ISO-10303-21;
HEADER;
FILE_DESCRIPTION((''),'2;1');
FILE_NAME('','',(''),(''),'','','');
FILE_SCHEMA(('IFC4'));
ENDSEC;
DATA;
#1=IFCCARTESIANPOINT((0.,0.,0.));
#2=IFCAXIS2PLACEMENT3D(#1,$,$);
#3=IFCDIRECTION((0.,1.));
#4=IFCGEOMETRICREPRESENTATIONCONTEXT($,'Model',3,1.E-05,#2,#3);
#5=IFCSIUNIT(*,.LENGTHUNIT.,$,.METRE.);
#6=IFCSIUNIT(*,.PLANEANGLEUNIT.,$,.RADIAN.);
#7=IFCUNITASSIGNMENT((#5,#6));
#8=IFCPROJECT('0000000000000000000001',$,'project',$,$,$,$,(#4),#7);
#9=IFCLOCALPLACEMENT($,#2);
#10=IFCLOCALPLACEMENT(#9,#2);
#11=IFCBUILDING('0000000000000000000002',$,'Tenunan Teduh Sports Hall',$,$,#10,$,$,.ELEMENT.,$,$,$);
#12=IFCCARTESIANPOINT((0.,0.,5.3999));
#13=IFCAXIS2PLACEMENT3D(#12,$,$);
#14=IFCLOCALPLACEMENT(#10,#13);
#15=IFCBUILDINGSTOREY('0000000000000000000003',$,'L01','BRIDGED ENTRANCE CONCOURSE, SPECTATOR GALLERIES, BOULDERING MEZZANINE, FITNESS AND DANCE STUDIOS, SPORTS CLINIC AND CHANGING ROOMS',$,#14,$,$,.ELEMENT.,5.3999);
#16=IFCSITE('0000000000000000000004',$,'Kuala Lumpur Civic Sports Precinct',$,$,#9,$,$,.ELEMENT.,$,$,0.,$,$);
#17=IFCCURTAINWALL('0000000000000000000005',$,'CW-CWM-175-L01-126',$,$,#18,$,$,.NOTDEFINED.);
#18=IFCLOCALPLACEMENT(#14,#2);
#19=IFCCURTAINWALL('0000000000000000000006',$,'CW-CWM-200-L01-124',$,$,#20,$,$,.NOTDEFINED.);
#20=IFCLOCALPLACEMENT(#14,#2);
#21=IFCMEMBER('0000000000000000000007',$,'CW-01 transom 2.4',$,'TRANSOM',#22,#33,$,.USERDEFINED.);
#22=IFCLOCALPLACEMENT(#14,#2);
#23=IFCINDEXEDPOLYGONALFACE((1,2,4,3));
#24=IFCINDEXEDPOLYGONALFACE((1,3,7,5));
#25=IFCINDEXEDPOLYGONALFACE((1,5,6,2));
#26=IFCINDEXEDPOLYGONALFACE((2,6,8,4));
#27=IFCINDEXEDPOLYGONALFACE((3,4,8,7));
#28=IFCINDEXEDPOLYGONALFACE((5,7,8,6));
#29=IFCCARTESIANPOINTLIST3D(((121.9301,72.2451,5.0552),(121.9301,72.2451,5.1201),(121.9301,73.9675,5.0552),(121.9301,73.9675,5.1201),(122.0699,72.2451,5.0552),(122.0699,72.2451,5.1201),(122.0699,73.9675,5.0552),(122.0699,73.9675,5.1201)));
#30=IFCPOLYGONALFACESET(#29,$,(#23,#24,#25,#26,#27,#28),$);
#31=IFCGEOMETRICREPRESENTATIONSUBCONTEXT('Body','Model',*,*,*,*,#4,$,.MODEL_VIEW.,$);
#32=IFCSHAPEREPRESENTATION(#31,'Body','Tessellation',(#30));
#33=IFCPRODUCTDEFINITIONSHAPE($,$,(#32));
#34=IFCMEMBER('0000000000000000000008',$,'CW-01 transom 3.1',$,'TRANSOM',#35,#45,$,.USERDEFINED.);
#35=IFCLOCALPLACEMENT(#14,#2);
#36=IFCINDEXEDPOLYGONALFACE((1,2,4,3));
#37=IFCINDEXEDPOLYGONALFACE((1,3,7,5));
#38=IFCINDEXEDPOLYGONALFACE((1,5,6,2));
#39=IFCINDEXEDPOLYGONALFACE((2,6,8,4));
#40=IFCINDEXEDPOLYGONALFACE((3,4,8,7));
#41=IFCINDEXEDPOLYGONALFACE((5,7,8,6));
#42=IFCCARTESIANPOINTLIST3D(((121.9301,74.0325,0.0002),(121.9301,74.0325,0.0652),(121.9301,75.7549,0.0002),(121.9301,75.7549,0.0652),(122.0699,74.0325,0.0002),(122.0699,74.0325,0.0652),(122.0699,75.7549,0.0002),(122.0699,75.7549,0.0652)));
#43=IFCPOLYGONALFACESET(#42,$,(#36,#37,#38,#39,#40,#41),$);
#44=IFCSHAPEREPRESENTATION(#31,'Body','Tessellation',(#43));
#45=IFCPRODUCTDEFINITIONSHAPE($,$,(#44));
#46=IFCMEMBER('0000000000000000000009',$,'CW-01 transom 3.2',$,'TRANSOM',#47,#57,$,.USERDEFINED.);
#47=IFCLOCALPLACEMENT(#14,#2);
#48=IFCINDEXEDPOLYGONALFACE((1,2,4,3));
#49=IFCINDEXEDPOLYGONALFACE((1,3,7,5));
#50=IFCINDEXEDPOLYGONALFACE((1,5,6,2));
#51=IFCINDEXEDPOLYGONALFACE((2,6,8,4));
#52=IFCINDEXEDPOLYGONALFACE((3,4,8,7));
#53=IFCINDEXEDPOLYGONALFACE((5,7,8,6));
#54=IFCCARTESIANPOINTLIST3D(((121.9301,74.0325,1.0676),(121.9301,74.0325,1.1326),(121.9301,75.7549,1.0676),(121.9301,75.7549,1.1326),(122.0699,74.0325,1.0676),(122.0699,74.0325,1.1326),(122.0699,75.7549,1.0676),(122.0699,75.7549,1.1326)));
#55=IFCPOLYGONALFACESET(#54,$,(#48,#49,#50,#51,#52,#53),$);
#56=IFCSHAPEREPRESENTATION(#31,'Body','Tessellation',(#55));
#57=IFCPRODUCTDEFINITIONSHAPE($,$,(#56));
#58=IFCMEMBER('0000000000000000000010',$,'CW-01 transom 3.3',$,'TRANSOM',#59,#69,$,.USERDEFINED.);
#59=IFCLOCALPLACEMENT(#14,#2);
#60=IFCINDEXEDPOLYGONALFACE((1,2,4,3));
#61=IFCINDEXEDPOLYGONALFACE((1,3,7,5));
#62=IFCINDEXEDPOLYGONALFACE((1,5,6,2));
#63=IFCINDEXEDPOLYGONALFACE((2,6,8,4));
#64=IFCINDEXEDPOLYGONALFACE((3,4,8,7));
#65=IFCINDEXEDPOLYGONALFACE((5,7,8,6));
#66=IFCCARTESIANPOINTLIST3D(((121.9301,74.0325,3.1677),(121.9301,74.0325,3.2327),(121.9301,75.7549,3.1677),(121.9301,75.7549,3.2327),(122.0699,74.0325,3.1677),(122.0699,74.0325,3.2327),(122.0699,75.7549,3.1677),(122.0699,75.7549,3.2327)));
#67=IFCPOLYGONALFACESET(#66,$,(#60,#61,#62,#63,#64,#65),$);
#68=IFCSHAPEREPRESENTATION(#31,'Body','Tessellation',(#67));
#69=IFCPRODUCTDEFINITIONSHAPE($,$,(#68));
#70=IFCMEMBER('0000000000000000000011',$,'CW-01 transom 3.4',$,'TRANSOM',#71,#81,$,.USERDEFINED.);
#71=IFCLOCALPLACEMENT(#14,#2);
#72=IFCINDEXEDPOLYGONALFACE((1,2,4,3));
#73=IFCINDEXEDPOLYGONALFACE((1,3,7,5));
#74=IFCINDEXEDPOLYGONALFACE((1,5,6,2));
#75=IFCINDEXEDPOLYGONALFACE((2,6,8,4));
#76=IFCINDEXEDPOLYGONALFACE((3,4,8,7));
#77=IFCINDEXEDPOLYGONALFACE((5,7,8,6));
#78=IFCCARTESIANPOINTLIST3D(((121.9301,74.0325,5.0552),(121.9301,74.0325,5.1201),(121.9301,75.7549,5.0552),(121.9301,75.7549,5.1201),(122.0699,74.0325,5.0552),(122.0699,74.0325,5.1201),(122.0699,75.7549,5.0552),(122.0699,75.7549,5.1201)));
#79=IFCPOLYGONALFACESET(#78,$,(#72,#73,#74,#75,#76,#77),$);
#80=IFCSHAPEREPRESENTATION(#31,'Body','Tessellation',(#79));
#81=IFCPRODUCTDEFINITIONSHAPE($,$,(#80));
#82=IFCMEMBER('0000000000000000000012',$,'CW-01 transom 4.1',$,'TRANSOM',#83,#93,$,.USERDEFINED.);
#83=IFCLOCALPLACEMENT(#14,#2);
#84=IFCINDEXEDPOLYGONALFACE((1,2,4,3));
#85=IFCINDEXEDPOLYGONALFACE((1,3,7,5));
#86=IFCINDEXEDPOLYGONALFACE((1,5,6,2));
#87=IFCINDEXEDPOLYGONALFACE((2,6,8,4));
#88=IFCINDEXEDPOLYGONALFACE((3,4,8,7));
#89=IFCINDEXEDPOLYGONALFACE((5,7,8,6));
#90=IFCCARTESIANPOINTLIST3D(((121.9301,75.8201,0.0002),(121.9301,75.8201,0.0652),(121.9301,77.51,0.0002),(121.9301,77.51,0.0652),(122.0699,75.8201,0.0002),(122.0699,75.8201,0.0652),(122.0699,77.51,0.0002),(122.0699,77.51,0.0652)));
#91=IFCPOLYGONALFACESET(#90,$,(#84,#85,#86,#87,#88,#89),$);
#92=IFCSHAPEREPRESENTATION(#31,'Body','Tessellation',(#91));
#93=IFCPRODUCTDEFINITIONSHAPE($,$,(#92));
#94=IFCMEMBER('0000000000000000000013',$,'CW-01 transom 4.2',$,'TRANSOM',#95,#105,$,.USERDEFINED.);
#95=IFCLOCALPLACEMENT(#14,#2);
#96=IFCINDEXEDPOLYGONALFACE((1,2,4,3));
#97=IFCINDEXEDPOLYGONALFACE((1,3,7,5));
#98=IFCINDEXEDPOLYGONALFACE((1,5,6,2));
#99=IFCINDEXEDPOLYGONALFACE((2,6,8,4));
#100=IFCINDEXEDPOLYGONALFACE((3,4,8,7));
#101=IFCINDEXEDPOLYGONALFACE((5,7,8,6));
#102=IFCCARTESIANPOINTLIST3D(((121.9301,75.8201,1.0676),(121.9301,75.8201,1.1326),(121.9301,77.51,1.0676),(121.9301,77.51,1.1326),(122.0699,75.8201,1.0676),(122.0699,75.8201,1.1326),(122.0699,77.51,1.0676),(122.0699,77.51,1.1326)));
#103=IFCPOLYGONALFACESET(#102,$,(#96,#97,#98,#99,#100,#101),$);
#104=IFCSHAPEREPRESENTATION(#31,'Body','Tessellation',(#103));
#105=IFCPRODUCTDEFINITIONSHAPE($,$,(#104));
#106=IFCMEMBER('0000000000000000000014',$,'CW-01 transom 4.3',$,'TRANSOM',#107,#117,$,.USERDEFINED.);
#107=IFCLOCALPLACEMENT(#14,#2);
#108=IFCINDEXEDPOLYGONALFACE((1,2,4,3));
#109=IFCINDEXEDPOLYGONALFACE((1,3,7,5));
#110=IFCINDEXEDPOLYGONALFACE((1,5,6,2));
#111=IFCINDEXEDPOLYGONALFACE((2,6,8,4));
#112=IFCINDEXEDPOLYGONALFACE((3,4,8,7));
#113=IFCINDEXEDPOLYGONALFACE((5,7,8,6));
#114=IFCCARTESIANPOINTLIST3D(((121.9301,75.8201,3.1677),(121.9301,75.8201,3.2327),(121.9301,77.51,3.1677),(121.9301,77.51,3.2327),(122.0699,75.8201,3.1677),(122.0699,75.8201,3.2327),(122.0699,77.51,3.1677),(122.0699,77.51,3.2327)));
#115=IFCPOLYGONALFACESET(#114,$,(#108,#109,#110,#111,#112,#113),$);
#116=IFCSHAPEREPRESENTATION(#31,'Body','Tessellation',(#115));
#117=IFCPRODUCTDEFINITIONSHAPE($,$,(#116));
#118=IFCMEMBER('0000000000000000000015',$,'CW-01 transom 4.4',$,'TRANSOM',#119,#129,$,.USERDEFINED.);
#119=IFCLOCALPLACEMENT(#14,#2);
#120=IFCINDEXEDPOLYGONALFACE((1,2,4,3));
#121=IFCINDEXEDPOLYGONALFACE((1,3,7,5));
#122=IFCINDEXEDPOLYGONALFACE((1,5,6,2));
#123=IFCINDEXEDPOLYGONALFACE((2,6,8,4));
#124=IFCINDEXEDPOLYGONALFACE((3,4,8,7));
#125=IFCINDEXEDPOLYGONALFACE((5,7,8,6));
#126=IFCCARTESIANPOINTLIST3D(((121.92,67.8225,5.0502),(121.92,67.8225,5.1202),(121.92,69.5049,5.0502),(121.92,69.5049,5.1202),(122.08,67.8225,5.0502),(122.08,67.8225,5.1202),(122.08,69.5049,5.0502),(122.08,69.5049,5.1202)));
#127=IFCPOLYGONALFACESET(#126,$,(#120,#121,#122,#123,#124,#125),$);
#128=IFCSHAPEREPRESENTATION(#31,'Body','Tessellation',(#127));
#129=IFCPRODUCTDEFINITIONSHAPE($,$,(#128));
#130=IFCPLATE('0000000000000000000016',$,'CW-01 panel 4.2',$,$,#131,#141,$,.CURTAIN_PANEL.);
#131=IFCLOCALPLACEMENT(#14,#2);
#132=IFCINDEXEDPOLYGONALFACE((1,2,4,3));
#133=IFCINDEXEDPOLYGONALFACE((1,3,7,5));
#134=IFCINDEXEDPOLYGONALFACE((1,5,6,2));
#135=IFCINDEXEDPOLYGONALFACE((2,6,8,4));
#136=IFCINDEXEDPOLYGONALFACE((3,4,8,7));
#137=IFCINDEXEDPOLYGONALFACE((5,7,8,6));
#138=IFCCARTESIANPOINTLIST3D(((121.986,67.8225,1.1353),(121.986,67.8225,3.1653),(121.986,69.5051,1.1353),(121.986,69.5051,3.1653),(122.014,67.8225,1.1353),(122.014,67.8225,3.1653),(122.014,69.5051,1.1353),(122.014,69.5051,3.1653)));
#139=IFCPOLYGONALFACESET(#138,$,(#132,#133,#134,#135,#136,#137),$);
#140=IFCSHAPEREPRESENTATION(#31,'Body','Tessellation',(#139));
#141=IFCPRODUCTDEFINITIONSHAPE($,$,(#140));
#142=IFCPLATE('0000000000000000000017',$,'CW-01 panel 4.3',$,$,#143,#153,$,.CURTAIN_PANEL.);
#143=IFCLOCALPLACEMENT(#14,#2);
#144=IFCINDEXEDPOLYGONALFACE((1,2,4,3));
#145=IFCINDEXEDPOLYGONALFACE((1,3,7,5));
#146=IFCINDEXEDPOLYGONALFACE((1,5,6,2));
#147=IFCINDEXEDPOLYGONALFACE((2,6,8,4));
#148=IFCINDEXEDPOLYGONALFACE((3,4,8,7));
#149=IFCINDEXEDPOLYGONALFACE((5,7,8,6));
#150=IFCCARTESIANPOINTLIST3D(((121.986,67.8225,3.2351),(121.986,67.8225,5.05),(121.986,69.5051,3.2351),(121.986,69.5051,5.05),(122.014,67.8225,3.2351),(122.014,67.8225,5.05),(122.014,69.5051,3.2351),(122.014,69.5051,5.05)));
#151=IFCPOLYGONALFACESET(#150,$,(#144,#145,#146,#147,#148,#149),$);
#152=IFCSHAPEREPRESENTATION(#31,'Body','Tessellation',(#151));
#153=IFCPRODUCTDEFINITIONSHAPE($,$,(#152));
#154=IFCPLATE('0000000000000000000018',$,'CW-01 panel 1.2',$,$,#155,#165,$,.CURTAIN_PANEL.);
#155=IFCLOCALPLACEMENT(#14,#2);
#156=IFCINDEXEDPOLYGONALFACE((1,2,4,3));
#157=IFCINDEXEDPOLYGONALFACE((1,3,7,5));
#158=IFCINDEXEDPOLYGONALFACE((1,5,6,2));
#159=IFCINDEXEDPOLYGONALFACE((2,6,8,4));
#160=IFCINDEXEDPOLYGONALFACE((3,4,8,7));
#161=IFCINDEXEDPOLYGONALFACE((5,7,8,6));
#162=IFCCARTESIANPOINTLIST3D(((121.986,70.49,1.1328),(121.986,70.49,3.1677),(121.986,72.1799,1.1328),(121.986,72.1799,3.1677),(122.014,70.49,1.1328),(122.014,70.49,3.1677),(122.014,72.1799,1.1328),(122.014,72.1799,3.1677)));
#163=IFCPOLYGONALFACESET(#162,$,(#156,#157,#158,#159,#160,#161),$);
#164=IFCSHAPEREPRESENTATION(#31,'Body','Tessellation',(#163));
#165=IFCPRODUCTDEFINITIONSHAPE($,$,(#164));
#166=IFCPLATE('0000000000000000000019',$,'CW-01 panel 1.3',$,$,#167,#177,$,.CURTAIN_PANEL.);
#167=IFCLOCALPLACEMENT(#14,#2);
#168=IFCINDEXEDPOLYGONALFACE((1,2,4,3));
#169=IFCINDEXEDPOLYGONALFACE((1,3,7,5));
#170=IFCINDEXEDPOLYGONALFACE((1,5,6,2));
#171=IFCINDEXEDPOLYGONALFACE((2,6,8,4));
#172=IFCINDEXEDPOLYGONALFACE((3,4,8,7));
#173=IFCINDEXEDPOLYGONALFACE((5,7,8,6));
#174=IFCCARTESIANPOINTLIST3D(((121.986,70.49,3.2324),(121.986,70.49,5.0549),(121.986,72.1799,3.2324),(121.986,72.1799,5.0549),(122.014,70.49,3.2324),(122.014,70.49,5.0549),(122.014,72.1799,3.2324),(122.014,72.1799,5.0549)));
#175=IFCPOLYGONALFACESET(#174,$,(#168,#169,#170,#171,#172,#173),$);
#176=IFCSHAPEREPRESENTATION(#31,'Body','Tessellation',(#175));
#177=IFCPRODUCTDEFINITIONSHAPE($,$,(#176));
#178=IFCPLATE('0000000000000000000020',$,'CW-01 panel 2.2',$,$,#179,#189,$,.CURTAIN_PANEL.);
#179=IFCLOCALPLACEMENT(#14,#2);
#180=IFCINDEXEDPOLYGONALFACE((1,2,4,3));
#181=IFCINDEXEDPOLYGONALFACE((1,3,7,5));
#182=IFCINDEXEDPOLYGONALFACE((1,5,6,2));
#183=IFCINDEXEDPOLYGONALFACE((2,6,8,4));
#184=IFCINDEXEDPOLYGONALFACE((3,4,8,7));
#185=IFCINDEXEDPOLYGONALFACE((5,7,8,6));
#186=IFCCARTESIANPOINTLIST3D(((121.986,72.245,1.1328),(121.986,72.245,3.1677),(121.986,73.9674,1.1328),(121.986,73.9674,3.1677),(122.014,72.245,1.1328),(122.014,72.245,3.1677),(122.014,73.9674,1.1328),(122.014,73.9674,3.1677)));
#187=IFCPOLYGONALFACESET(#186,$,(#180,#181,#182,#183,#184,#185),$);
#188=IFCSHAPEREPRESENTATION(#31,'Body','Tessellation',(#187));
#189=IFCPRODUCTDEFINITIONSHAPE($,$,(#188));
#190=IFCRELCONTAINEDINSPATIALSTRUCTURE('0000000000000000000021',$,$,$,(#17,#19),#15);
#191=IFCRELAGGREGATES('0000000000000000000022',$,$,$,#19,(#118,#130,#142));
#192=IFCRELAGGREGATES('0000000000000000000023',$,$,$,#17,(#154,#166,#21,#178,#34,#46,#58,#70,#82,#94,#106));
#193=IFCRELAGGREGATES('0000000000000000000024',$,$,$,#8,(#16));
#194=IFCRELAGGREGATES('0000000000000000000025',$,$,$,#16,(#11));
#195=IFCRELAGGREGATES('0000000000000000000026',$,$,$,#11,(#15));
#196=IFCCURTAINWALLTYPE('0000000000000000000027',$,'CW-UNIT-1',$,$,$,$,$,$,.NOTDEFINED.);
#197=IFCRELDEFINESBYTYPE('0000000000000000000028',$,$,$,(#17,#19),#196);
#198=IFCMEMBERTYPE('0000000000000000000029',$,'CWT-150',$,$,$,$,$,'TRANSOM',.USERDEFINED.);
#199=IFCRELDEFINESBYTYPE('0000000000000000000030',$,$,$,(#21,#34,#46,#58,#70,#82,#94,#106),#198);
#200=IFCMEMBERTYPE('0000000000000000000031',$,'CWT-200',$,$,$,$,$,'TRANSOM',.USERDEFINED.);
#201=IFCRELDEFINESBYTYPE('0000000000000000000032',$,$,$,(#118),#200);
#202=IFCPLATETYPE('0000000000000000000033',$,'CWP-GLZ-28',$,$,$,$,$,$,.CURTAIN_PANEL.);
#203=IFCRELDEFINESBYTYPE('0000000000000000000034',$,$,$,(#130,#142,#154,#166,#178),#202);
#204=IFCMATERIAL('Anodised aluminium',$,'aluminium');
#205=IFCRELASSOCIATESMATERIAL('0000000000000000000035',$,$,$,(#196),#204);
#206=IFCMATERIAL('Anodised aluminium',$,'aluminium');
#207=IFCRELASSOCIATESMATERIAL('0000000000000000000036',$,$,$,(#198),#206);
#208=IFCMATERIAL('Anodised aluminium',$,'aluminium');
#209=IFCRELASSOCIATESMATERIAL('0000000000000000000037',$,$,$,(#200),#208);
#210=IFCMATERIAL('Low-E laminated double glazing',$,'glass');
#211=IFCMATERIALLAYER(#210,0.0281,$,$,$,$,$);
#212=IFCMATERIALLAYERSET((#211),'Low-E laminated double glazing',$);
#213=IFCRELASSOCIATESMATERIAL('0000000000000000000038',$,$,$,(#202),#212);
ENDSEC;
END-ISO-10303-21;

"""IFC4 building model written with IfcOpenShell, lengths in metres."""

from ifc_helpers import new_model, si_unit, direction, frame, origin, origin_2d, place, context, subcontext, project, spatial, rectangle, extrude, material, layer, layer_set, material_profile, profile_set, type_object, element, aggregate, save


model = new_model("IFC4")

# Units and contexts
model_context = context("Model", 3, precision=1e-05, world=origin(), true_north=direction((0.0, 1.0)))
body_context = subcontext(model_context, "Body", "Model", "MODEL_VIEW")
ifc_project = project(units=[si_unit("LENGTHUNIT", "METRE"), si_unit("PLANEANGLEUNIT", "RADIAN")], contexts=[model_context])

# Site, building, storey
site_placement = place(None, origin())
site = spatial("IfcSite", under=ifc_project, at=site_placement, Name="Kuala Lumpur Civic Sports Precinct", CompositionType="ELEMENT", RefElevation=0.0)
building_placement = place(site_placement, origin())
building = spatial("IfcBuilding", under=site, at=building_placement, Name="Tenunan Teduh Sports Hall", CompositionType="ELEMENT")
storey_placement = place(building_placement, frame((0.0, 0.0, 5.3999)))
storey = spatial("IfcBuildingStorey", under=building, at=storey_placement, Name="L01", Description="BRIDGED ENTRANCE CONCOURSE, SPECTATOR GALLERIES, BOULDERING MEZZANINE, FITNESS AND DANCE STUDIOS, SPORTS CLINIC AND CHANGING ROOMS", CompositionType="ELEMENT", Elevation=5.3999)

# Curtain wall
ifc_material_1 = material(Name="Anodised aluminium", Category="aluminium")
curtain_wall_type = type_object("IfcCurtainWallType", Name="CW-UNIT-1", PredefinedType="NOTDEFINED", material=ifc_material_1)
curtain_wall_1_placement = place(storey_placement, origin())
curtain_wall_1 = element("IfcCurtainWall", 1, at=curtain_wall_1_placement, inside=storey, type_object=curtain_wall_type, Name="CW-CWM-175-L01-126", PredefinedType="NOTDEFINED")

# Curtain wall
curtain_wall_2_placement = place(storey_placement, origin())
curtain_wall_2 = element("IfcCurtainWall", 2, at=curtain_wall_2_placement, inside=storey, type_object=curtain_wall_type, Name="CW-CWM-200-L01-124", PredefinedType="NOTDEFINED")

# Members
ifc_material_2 = material(Name="Anodised aluminium", Category="aluminium")
ifc_material_profile_1 = material_profile(ifc_material_2, rectangle(XDim=0.0649, YDim=0.1399, at=origin_2d()), Name="CWT 65x140")
ifc_profile_set_1 = profile_set([ifc_material_profile_1], Name="Anodised aluminium")
member_type_1 = type_object("IfcMemberType", Name="CWT-150", ElementType="TRANSOM", PredefinedType="USERDEFINED", material=ifc_profile_set_1)
member_1_placement = place(storey_placement, frame((122.0, 72.2451, 5.0876), z_axis=(0.0, 1.0, 0.0), x_axis=(0.0, 0.0, 1.0)))
member_1 = element("IfcMember", 3, at=member_1_placement, type_object=member_type_1, Name="CW-01 transom 2.4", ObjectType="TRANSOM", PredefinedType="USERDEFINED", context=body_context, shape_type="SweptSolid", body=[
    extrude(rectangle(XDim=0.0649, YDim=0.1399, at=origin_2d()), origin(), (0.0, 0.0, 1.0), 1.7224),
])
member_2_placement = place(storey_placement, frame((122.0, 74.0325, 0.0327), z_axis=(0.0, 1.0, 0.0), x_axis=(0.0, 0.0, 1.0)))
member_2 = element("IfcMember", 4, at=member_2_placement, type_object=member_type_1, Name="CW-01 transom 3.1", ObjectType="TRANSOM", PredefinedType="USERDEFINED", context=body_context, shape_type="SweptSolid", body=[
    extrude(rectangle(XDim=0.0649, YDim=0.1399, at=origin_2d()), origin(), (0.0, 0.0, 1.0), 1.7224),
])
member_3_placement = place(storey_placement, frame((122.0, 74.0325, 1.1001), z_axis=(0.0, 1.0, 0.0), x_axis=(0.0, 0.0, 1.0)))
member_3 = element("IfcMember", 5, at=member_3_placement, type_object=member_type_1, Name="CW-01 transom 3.2", ObjectType="TRANSOM", PredefinedType="USERDEFINED", context=body_context, shape_type="SweptSolid", body=[
    extrude(rectangle(XDim=0.0649, YDim=0.1399, at=origin_2d()), origin(), (0.0, 0.0, 1.0), 1.7224),
])
member_4_placement = place(storey_placement, frame((122.0, 74.0325, 3.2002), z_axis=(0.0, 1.0, 0.0), x_axis=(0.0, 0.0, 1.0)))
member_4 = element("IfcMember", 6, at=member_4_placement, type_object=member_type_1, Name="CW-01 transom 3.3", ObjectType="TRANSOM", PredefinedType="USERDEFINED", context=body_context, shape_type="SweptSolid", body=[
    extrude(rectangle(XDim=0.0649, YDim=0.1399, at=origin_2d()), origin(), (0.0, 0.0, 1.0), 1.7224),
])
member_5_placement = place(storey_placement, frame((122.0, 74.0325, 5.0876), z_axis=(0.0, 1.0, 0.0), x_axis=(0.0, 0.0, 1.0)))
member_5 = element("IfcMember", 7, at=member_5_placement, type_object=member_type_1, Name="CW-01 transom 3.4", ObjectType="TRANSOM", PredefinedType="USERDEFINED", context=body_context, shape_type="SweptSolid", body=[
    extrude(rectangle(XDim=0.0649, YDim=0.1399, at=origin_2d()), origin(), (0.0, 0.0, 1.0), 1.7224),
])
member_6_placement = place(storey_placement, frame((122.0, 75.8201, 0.0327), z_axis=(0.0, 1.0, 0.0), x_axis=(0.0, 0.0, 1.0)))
member_6 = element("IfcMember", 8, at=member_6_placement, type_object=member_type_1, Name="CW-01 transom 4.1", ObjectType="TRANSOM", PredefinedType="USERDEFINED", context=body_context, shape_type="SweptSolid", body=[
    extrude(rectangle(XDim=0.0649, YDim=0.1399, at=origin_2d()), origin(), (0.0, 0.0, 1.0), 1.6899),
])
member_7_placement = place(storey_placement, frame((122.0, 75.8201, 1.1001), z_axis=(0.0, 1.0, 0.0), x_axis=(0.0, 0.0, 1.0)))
member_7 = element("IfcMember", 9, at=member_7_placement, type_object=member_type_1, Name="CW-01 transom 4.2", ObjectType="TRANSOM", PredefinedType="USERDEFINED", context=body_context, shape_type="SweptSolid", body=[
    extrude(rectangle(XDim=0.0649, YDim=0.1399, at=origin_2d()), origin(), (0.0, 0.0, 1.0), 1.6899),
])
member_8_placement = place(storey_placement, frame((122.0, 75.8201, 3.2002), z_axis=(0.0, 1.0, 0.0), x_axis=(0.0, 0.0, 1.0)))
member_8 = element("IfcMember", 10, at=member_8_placement, type_object=member_type_1, Name="CW-01 transom 4.3", ObjectType="TRANSOM", PredefinedType="USERDEFINED", context=body_context, shape_type="SweptSolid", body=[
    extrude(rectangle(XDim=0.0649, YDim=0.1399, at=origin_2d()), origin(), (0.0, 0.0, 1.0), 1.6899),
])
ifc_material_3 = material(Name="Anodised aluminium", Category="aluminium")
ifc_material_profile_2 = material_profile(ifc_material_3, rectangle(XDim=0.0701, YDim=0.1599, at=origin_2d()), Name="CWT 70x160")
ifc_profile_set_2 = profile_set([ifc_material_profile_2], Name="Anodised aluminium")
member_type_2 = type_object("IfcMemberType", Name="CWT-200", ElementType="TRANSOM", PredefinedType="USERDEFINED", material=ifc_profile_set_2)
member_9_placement = place(storey_placement, frame((122.0, 67.8225, 5.0852), z_axis=(0.0, 1.0, 0.0), x_axis=(0.0, 0.0, 1.0)))
member_9 = element("IfcMember", 11, at=member_9_placement, type_object=member_type_2, Name="CW-01 transom 4.4", ObjectType="TRANSOM", PredefinedType="USERDEFINED", context=body_context, shape_type="SweptSolid", body=[
    extrude(rectangle(XDim=0.0701, YDim=0.1599, at=origin_2d()), origin(), (0.0, 0.0, 1.0), 1.6824),
])

# Plates
ifc_material_4 = material(Name="Low-E laminated double glazing", Category="glass")
ifc_layer_1 = layer(ifc_material_4, 0.0281)
ifc_layer_set_1 = layer_set([ifc_layer_1], Name="Low-E laminated double glazing")
plate_type_1 = type_object("IfcPlateType", Name="CWP-GLZ-28", PredefinedType="CURTAIN_PANEL", material=ifc_layer_set_1)
plate_1_placement = place(storey_placement, frame((122.0, 68.6638, 1.1353), z_axis=(0.0, 0.0, 1.0), x_axis=(0.0, 1.0, 0.0)))
plate_1 = element("IfcPlate", 12, at=plate_1_placement, type_object=plate_type_1, Name="CW-01 panel 4.2", PredefinedType="CURTAIN_PANEL", context=body_context, shape_type="SweptSolid", body=[
    extrude(rectangle(XDim=1.6826, YDim=0.0281, at=origin_2d()), origin(), (0.0, 0.0, 1.0), 2.03),
])
plate_2_placement = place(storey_placement, frame((122.0, 68.6638, 3.2351), z_axis=(0.0, 0.0, 1.0), x_axis=(0.0, 1.0, 0.0)))
plate_2 = element("IfcPlate", 13, at=plate_2_placement, type_object=plate_type_1, Name="CW-01 panel 4.3", PredefinedType="CURTAIN_PANEL", context=body_context, shape_type="SweptSolid", body=[
    extrude(rectangle(XDim=1.6826, YDim=0.0281, at=origin_2d()), origin(), (0.0, 0.0, 1.0), 1.8149),
])
plate_3_placement = place(storey_placement, frame((122.0, 71.335, 1.1328), z_axis=(0.0, 0.0, 1.0), x_axis=(0.0, 1.0, 0.0)))
plate_3 = element("IfcPlate", 14, at=plate_3_placement, type_object=plate_type_1, Name="CW-01 panel 1.2", PredefinedType="CURTAIN_PANEL", context=body_context, shape_type="SweptSolid", body=[
    extrude(rectangle(XDim=1.6899, YDim=0.0281, at=origin_2d()), origin(), (0.0, 0.0, 1.0), 2.0349),
])
plate_4_placement = place(storey_placement, frame((122.0, 71.335, 3.2324), z_axis=(0.0, 0.0, 1.0), x_axis=(0.0, 1.0, 0.0)))
plate_4 = element("IfcPlate", 15, at=plate_4_placement, type_object=plate_type_1, Name="CW-01 panel 1.3", PredefinedType="CURTAIN_PANEL", context=body_context, shape_type="SweptSolid", body=[
    extrude(rectangle(XDim=1.6899, YDim=0.0281, at=origin_2d()), origin(), (0.0, 0.0, 1.0), 1.8225),
])
plate_5_placement = place(storey_placement, frame((122.0, 73.1062, 1.1328), z_axis=(0.0, 0.0, 1.0), x_axis=(0.0, 1.0, 0.0)))
plate_5 = element("IfcPlate", 16, at=plate_5_placement, type_object=plate_type_1, Name="CW-01 panel 2.2", PredefinedType="CURTAIN_PANEL", context=body_context, shape_type="SweptSolid", body=[
    extrude(rectangle(XDim=1.7224, YDim=0.0281, at=origin_2d()), origin(), (0.0, 0.0, 1.0), 2.0349),
])
aggregate(curtain_wall_2, [member_9, plate_1, plate_2])
aggregate(curtain_wall_1, [plate_3, plate_4, member_1, plate_5, member_2, member_3, member_4, member_5, member_6, member_7, member_8])

save(model, "model.ifc")
